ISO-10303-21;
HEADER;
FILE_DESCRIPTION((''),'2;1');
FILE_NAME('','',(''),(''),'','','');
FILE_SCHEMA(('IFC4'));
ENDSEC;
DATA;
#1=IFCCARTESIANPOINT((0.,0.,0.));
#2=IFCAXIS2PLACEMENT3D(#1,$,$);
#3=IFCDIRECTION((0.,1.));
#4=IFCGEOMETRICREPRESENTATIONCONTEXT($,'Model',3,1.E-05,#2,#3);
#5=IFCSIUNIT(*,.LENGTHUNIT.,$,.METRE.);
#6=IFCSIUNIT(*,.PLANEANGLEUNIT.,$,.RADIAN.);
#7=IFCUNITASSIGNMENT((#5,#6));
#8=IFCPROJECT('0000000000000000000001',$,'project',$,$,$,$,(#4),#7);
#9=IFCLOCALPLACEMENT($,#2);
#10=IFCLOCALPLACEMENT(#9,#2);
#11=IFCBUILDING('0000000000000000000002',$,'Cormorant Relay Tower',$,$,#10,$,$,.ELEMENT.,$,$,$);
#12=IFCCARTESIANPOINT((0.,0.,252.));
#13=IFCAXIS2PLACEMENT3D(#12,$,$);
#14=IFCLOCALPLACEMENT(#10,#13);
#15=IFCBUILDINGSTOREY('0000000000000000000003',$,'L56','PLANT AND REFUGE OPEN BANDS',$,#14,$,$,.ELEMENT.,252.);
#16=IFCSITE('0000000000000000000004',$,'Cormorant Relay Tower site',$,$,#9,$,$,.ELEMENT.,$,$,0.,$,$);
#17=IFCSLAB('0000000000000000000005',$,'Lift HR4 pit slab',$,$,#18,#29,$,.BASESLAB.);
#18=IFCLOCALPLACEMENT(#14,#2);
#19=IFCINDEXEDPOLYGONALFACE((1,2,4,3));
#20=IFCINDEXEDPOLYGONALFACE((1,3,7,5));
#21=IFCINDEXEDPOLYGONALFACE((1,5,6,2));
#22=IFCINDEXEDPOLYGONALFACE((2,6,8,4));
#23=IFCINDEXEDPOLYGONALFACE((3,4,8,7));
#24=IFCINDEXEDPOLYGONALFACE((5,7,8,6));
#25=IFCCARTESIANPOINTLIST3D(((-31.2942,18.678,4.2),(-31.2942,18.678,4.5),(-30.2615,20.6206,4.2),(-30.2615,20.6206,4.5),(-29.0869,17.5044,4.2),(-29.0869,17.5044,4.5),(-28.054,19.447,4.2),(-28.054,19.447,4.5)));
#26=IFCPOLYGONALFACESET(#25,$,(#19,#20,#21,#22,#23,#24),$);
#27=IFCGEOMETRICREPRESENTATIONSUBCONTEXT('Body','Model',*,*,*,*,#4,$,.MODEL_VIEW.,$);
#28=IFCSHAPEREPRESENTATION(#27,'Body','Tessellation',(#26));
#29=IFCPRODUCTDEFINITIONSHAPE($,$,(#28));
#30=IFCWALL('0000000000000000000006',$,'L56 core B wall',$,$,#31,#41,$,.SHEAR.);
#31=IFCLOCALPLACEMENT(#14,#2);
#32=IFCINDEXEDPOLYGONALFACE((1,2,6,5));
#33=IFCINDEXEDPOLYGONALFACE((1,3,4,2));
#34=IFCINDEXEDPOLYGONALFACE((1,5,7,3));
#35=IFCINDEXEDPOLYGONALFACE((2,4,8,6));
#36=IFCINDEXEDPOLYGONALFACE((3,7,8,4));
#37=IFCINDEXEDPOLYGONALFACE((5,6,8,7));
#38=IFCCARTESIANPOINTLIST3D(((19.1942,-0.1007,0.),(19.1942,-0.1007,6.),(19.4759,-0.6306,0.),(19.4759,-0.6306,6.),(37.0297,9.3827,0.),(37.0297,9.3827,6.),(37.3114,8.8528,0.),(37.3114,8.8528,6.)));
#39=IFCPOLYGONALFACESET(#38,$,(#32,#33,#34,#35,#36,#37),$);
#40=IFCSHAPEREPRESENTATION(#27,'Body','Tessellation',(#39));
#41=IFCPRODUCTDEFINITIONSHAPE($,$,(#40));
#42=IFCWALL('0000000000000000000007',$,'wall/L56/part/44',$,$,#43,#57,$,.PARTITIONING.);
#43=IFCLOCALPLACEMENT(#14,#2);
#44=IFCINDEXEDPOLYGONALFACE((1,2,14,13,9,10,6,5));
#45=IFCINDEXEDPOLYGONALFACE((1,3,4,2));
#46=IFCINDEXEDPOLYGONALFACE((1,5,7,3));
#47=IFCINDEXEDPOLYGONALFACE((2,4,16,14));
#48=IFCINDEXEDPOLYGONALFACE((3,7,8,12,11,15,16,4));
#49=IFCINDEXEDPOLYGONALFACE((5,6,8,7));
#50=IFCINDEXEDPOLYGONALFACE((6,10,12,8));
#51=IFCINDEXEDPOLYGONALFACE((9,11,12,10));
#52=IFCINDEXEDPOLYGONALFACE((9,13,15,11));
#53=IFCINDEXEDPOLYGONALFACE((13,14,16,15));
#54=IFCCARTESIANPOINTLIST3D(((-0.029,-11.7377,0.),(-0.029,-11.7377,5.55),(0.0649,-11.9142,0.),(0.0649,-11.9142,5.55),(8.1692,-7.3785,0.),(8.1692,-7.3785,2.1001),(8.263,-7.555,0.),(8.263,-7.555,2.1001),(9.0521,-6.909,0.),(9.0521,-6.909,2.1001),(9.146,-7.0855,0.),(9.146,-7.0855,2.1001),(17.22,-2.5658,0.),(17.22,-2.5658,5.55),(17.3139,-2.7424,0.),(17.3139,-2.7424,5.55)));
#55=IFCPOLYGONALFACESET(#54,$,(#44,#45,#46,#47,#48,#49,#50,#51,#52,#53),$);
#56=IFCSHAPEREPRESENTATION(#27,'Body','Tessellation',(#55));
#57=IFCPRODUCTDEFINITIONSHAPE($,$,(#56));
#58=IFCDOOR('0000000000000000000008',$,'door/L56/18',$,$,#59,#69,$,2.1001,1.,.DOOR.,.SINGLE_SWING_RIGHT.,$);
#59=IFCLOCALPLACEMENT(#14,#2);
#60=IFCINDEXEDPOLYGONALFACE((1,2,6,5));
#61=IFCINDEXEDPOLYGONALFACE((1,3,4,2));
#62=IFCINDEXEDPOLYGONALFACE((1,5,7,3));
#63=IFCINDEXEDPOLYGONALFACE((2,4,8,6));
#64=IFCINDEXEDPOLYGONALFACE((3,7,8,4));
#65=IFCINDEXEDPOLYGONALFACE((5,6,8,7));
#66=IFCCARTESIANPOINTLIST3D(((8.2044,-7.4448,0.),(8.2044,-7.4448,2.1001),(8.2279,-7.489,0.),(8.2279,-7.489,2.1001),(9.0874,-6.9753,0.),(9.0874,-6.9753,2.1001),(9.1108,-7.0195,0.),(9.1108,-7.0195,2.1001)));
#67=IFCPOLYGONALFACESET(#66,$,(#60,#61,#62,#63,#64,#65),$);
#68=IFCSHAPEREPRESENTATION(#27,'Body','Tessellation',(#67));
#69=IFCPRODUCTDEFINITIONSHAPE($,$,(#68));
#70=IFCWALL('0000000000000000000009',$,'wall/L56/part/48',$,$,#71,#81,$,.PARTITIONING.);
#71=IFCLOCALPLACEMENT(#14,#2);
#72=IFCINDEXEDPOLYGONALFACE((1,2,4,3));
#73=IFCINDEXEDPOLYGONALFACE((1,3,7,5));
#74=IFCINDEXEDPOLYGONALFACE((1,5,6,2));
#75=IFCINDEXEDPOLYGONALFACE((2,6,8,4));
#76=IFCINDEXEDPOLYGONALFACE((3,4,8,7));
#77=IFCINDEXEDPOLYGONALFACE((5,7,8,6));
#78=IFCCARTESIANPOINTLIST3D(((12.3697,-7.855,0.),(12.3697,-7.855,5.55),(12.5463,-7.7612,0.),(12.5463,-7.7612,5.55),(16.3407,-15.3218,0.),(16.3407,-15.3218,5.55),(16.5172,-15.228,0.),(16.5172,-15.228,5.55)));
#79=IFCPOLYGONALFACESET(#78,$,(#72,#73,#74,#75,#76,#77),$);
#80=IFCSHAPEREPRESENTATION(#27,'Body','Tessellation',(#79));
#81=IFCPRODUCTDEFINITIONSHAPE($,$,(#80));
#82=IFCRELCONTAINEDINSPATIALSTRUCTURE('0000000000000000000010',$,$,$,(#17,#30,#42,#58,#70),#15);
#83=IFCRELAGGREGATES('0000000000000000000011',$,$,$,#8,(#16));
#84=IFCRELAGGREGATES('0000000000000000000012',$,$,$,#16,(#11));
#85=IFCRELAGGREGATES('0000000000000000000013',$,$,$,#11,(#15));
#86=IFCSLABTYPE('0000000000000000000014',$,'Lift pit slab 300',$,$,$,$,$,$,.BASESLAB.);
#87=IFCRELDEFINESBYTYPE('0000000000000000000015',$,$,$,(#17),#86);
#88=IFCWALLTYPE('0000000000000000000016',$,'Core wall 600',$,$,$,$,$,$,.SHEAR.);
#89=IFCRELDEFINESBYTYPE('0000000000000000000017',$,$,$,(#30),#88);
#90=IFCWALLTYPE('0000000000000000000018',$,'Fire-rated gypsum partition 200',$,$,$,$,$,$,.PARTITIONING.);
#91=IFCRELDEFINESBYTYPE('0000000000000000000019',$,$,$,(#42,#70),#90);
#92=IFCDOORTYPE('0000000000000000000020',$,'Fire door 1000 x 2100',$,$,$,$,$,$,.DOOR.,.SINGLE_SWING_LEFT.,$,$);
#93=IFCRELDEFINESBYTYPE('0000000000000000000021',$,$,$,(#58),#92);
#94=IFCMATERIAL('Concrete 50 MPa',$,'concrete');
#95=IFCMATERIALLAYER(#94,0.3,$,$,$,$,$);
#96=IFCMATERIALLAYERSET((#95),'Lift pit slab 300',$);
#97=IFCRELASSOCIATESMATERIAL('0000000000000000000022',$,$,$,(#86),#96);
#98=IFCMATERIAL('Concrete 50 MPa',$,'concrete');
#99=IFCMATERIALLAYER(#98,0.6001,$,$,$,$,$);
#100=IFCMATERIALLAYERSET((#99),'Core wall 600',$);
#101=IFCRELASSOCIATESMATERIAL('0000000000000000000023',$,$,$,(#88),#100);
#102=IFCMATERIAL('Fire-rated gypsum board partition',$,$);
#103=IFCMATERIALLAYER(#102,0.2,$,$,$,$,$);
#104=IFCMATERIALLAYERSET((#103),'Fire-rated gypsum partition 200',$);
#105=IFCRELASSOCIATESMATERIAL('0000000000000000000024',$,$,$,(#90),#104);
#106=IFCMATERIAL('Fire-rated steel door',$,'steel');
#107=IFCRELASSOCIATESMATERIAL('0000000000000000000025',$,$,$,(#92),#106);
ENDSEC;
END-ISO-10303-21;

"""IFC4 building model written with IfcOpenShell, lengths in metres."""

from ifc_helpers import new_model, si_unit, direction, frame, frame_2d, origin, place, context, subcontext, project, spatial, polyline, rectangle, outline, extrude, material, layer, layer_set, type_object, element, fill, save


model = new_model("IFC4")

# Units and contexts
model_context = context("Model", 3, precision=1e-05, world=origin(), true_north=direction((0.0, 1.0)))
body_context = subcontext(model_context, "Body", "Model", "MODEL_VIEW")
ifc_project = project(units=[si_unit("LENGTHUNIT", "METRE"), si_unit("PLANEANGLEUNIT", "RADIAN")], contexts=[model_context])

# Site, building, storey
site_placement = place(None, origin())
site = spatial("IfcSite", under=ifc_project, at=site_placement, Name="Cormorant Relay Tower site", CompositionType="ELEMENT", RefElevation=0.0)
building_placement = place(site_placement, origin())
building = spatial("IfcBuilding", under=site, at=building_placement, Name="Cormorant Relay Tower", CompositionType="ELEMENT")
storey_placement = place(building_placement, frame((0.0, 0.0, 252.0)))
storey = spatial("IfcBuildingStorey", under=building, at=storey_placement, Name="L56", Description="PLANT AND REFUGE OPEN BANDS", CompositionType="ELEMENT", Elevation=252.0)

# Slab
ifc_material_1 = material(Name="Concrete 50 MPa", Category="concrete")
ifc_layer_1 = layer(ifc_material_1, 0.3)
ifc_layer_set_1 = layer_set([ifc_layer_1], Name="Lift pit slab 300")
slab_type_1 = type_object("IfcSlabType", Name="Lift pit slab 300", PredefinedType="BASESLAB", material=ifc_layer_set_1)
slab_1_placement = place(storey_placement, frame((0.0, 0.0, 4.2)))
element("IfcSlab", 1, at=slab_1_placement, inside=storey, type_object=slab_type_1, Name="Lift HR4 pit slab", PredefinedType="BASESLAB", context=body_context, shape_type="SweptSolid", body=[
    extrude(outline(polyline([(-28.054, 19.447), (-29.0869, 17.5044), (-31.2942, 18.678), (-30.2615, 20.6206), (-28.054, 19.447)])), origin(), (0.0, 0.0, 1.0), 0.3),
])

# Shared definitions
ifc_material_2 = material(Name="Concrete 50 MPa", Category="concrete")
ifc_layer_2 = layer(ifc_material_2, 0.6001)
ifc_layer_set_2 = layer_set([ifc_layer_2], Name="Core wall 600")
wall_type_1 = type_object("IfcWallType", Name="Core wall 600", PredefinedType="SHEAR", material=ifc_layer_set_2)

# Wall
wall_1_placement = place(storey_placement, frame((19.335, -0.3657, 0.0), z_axis=(0.0, 0.0, 1.0), x_axis=(0.882945, 0.469476, 0.0)))
element("IfcWall", 2, at=wall_1_placement, inside=storey, type_object=wall_type_1, Name="L56 core B wall", PredefinedType="SHEAR", context=body_context, shape_type="SweptSolid", body=[
    extrude(rectangle(XDim=20.2, YDim=0.6001, at=frame_2d((10.1001, 0.0))), origin(), (0.0, 0.0, 1.0), 6.0),
])

# Wall, opening, door
ifc_material_3 = material(Name="Fire-rated gypsum board partition")
ifc_layer_3 = layer(ifc_material_3, 0.2)
ifc_layer_set_3 = layer_set([ifc_layer_3], Name="Fire-rated gypsum partition 200")
wall_type_2 = type_object("IfcWallType", Name="Fire-rated gypsum partition 200", PredefinedType="PARTITIONING", material=ifc_layer_set_3)
wall_2_placement = place(storey_placement, frame((17.2671, -2.6541, 0.0), z_axis=(0.0, 0.0, 1.0), x_axis=(-0.882939, -0.469488, 0.0)))
wall_2 = element("IfcWall", 3, at=wall_2_placement, inside=storey, type_object=wall_type_2, Name="wall/L56/part/44", PredefinedType="PARTITIONING", context=body_context, shape_type="SweptSolid", body=[
    extrude(rectangle(XDim=19.5359, YDim=0.2, at=frame_2d((9.7681, 0.0))), origin(), (0.0, 0.0, 1.0), 5.55),
])
opening_1_placement = place(wall_2_placement, frame((9.251, 0.0, 0.0)))
opening_1 = element("IfcOpeningElement", 4, at=opening_1_placement, cuts=wall_2, PredefinedType="OPENING", context=body_context, shape_type="SweptSolid", body=[
    extrude(rectangle(XDim=1.0, YDim=2.1001, at=frame_2d((0.5, 1.05))), frame((0.0, 0.1099, 0.0), z_axis=(0.0, -1.0, 0.0), x_axis=(1.0, 0.0, 0.0)), (0.0, 0.0, 1.0), 0.22),
])
ifc_material_4 = material(Name="Fire-rated steel door", Category="steel")
door_type_1 = type_object("IfcDoorType", Name="Fire door 1000 x 2100", OperationType="SINGLE_SWING_LEFT", PredefinedType="DOOR", material=ifc_material_4)
door_1_placement = place(opening_1_placement, frame((1.0, 0.0, 0.0), z_axis=(0.0, 0.0, 1.0), x_axis=(-1.0, 0.0, 0.0)))
door_1 = element("IfcDoor", 5, at=door_1_placement, inside=storey, type_object=door_type_1, Name="door/L56/18", OperationType="SINGLE_SWING_RIGHT", OverallHeight=2.1001, OverallWidth=1.0, PredefinedType="DOOR", context=body_context, shape_type="SweptSolid", body=[
    extrude(rectangle(XDim=1.0, YDim=2.1001, at=frame_2d((0.5, 1.05))), frame((0.0, 0.0249, 0.0), z_axis=(0.0, -1.0, 0.0), x_axis=(1.0, 0.0, 0.0)), (0.0, 0.0, 1.0), 0.05),
])
fill(opening_1, door_1)

# Wall
wall_3_placement = place(storey_placement, frame((12.458, -7.8081, 0.0), z_axis=(0.0, 0.0, 1.0), x_axis=(0.469544, -0.882909, 0.0)))
element("IfcWall", 6, at=wall_3_placement, inside=storey, type_object=wall_type_2, Name="wall/L56/part/48", PredefinedType="PARTITIONING", context=body_context, shape_type="SweptSolid", body=[
    extrude(rectangle(XDim=8.457, YDim=0.2, at=frame_2d((4.2285, 0.0))), origin(), (0.0, 0.0, 1.0), 5.55),
])

save(model, "model.ifc")
